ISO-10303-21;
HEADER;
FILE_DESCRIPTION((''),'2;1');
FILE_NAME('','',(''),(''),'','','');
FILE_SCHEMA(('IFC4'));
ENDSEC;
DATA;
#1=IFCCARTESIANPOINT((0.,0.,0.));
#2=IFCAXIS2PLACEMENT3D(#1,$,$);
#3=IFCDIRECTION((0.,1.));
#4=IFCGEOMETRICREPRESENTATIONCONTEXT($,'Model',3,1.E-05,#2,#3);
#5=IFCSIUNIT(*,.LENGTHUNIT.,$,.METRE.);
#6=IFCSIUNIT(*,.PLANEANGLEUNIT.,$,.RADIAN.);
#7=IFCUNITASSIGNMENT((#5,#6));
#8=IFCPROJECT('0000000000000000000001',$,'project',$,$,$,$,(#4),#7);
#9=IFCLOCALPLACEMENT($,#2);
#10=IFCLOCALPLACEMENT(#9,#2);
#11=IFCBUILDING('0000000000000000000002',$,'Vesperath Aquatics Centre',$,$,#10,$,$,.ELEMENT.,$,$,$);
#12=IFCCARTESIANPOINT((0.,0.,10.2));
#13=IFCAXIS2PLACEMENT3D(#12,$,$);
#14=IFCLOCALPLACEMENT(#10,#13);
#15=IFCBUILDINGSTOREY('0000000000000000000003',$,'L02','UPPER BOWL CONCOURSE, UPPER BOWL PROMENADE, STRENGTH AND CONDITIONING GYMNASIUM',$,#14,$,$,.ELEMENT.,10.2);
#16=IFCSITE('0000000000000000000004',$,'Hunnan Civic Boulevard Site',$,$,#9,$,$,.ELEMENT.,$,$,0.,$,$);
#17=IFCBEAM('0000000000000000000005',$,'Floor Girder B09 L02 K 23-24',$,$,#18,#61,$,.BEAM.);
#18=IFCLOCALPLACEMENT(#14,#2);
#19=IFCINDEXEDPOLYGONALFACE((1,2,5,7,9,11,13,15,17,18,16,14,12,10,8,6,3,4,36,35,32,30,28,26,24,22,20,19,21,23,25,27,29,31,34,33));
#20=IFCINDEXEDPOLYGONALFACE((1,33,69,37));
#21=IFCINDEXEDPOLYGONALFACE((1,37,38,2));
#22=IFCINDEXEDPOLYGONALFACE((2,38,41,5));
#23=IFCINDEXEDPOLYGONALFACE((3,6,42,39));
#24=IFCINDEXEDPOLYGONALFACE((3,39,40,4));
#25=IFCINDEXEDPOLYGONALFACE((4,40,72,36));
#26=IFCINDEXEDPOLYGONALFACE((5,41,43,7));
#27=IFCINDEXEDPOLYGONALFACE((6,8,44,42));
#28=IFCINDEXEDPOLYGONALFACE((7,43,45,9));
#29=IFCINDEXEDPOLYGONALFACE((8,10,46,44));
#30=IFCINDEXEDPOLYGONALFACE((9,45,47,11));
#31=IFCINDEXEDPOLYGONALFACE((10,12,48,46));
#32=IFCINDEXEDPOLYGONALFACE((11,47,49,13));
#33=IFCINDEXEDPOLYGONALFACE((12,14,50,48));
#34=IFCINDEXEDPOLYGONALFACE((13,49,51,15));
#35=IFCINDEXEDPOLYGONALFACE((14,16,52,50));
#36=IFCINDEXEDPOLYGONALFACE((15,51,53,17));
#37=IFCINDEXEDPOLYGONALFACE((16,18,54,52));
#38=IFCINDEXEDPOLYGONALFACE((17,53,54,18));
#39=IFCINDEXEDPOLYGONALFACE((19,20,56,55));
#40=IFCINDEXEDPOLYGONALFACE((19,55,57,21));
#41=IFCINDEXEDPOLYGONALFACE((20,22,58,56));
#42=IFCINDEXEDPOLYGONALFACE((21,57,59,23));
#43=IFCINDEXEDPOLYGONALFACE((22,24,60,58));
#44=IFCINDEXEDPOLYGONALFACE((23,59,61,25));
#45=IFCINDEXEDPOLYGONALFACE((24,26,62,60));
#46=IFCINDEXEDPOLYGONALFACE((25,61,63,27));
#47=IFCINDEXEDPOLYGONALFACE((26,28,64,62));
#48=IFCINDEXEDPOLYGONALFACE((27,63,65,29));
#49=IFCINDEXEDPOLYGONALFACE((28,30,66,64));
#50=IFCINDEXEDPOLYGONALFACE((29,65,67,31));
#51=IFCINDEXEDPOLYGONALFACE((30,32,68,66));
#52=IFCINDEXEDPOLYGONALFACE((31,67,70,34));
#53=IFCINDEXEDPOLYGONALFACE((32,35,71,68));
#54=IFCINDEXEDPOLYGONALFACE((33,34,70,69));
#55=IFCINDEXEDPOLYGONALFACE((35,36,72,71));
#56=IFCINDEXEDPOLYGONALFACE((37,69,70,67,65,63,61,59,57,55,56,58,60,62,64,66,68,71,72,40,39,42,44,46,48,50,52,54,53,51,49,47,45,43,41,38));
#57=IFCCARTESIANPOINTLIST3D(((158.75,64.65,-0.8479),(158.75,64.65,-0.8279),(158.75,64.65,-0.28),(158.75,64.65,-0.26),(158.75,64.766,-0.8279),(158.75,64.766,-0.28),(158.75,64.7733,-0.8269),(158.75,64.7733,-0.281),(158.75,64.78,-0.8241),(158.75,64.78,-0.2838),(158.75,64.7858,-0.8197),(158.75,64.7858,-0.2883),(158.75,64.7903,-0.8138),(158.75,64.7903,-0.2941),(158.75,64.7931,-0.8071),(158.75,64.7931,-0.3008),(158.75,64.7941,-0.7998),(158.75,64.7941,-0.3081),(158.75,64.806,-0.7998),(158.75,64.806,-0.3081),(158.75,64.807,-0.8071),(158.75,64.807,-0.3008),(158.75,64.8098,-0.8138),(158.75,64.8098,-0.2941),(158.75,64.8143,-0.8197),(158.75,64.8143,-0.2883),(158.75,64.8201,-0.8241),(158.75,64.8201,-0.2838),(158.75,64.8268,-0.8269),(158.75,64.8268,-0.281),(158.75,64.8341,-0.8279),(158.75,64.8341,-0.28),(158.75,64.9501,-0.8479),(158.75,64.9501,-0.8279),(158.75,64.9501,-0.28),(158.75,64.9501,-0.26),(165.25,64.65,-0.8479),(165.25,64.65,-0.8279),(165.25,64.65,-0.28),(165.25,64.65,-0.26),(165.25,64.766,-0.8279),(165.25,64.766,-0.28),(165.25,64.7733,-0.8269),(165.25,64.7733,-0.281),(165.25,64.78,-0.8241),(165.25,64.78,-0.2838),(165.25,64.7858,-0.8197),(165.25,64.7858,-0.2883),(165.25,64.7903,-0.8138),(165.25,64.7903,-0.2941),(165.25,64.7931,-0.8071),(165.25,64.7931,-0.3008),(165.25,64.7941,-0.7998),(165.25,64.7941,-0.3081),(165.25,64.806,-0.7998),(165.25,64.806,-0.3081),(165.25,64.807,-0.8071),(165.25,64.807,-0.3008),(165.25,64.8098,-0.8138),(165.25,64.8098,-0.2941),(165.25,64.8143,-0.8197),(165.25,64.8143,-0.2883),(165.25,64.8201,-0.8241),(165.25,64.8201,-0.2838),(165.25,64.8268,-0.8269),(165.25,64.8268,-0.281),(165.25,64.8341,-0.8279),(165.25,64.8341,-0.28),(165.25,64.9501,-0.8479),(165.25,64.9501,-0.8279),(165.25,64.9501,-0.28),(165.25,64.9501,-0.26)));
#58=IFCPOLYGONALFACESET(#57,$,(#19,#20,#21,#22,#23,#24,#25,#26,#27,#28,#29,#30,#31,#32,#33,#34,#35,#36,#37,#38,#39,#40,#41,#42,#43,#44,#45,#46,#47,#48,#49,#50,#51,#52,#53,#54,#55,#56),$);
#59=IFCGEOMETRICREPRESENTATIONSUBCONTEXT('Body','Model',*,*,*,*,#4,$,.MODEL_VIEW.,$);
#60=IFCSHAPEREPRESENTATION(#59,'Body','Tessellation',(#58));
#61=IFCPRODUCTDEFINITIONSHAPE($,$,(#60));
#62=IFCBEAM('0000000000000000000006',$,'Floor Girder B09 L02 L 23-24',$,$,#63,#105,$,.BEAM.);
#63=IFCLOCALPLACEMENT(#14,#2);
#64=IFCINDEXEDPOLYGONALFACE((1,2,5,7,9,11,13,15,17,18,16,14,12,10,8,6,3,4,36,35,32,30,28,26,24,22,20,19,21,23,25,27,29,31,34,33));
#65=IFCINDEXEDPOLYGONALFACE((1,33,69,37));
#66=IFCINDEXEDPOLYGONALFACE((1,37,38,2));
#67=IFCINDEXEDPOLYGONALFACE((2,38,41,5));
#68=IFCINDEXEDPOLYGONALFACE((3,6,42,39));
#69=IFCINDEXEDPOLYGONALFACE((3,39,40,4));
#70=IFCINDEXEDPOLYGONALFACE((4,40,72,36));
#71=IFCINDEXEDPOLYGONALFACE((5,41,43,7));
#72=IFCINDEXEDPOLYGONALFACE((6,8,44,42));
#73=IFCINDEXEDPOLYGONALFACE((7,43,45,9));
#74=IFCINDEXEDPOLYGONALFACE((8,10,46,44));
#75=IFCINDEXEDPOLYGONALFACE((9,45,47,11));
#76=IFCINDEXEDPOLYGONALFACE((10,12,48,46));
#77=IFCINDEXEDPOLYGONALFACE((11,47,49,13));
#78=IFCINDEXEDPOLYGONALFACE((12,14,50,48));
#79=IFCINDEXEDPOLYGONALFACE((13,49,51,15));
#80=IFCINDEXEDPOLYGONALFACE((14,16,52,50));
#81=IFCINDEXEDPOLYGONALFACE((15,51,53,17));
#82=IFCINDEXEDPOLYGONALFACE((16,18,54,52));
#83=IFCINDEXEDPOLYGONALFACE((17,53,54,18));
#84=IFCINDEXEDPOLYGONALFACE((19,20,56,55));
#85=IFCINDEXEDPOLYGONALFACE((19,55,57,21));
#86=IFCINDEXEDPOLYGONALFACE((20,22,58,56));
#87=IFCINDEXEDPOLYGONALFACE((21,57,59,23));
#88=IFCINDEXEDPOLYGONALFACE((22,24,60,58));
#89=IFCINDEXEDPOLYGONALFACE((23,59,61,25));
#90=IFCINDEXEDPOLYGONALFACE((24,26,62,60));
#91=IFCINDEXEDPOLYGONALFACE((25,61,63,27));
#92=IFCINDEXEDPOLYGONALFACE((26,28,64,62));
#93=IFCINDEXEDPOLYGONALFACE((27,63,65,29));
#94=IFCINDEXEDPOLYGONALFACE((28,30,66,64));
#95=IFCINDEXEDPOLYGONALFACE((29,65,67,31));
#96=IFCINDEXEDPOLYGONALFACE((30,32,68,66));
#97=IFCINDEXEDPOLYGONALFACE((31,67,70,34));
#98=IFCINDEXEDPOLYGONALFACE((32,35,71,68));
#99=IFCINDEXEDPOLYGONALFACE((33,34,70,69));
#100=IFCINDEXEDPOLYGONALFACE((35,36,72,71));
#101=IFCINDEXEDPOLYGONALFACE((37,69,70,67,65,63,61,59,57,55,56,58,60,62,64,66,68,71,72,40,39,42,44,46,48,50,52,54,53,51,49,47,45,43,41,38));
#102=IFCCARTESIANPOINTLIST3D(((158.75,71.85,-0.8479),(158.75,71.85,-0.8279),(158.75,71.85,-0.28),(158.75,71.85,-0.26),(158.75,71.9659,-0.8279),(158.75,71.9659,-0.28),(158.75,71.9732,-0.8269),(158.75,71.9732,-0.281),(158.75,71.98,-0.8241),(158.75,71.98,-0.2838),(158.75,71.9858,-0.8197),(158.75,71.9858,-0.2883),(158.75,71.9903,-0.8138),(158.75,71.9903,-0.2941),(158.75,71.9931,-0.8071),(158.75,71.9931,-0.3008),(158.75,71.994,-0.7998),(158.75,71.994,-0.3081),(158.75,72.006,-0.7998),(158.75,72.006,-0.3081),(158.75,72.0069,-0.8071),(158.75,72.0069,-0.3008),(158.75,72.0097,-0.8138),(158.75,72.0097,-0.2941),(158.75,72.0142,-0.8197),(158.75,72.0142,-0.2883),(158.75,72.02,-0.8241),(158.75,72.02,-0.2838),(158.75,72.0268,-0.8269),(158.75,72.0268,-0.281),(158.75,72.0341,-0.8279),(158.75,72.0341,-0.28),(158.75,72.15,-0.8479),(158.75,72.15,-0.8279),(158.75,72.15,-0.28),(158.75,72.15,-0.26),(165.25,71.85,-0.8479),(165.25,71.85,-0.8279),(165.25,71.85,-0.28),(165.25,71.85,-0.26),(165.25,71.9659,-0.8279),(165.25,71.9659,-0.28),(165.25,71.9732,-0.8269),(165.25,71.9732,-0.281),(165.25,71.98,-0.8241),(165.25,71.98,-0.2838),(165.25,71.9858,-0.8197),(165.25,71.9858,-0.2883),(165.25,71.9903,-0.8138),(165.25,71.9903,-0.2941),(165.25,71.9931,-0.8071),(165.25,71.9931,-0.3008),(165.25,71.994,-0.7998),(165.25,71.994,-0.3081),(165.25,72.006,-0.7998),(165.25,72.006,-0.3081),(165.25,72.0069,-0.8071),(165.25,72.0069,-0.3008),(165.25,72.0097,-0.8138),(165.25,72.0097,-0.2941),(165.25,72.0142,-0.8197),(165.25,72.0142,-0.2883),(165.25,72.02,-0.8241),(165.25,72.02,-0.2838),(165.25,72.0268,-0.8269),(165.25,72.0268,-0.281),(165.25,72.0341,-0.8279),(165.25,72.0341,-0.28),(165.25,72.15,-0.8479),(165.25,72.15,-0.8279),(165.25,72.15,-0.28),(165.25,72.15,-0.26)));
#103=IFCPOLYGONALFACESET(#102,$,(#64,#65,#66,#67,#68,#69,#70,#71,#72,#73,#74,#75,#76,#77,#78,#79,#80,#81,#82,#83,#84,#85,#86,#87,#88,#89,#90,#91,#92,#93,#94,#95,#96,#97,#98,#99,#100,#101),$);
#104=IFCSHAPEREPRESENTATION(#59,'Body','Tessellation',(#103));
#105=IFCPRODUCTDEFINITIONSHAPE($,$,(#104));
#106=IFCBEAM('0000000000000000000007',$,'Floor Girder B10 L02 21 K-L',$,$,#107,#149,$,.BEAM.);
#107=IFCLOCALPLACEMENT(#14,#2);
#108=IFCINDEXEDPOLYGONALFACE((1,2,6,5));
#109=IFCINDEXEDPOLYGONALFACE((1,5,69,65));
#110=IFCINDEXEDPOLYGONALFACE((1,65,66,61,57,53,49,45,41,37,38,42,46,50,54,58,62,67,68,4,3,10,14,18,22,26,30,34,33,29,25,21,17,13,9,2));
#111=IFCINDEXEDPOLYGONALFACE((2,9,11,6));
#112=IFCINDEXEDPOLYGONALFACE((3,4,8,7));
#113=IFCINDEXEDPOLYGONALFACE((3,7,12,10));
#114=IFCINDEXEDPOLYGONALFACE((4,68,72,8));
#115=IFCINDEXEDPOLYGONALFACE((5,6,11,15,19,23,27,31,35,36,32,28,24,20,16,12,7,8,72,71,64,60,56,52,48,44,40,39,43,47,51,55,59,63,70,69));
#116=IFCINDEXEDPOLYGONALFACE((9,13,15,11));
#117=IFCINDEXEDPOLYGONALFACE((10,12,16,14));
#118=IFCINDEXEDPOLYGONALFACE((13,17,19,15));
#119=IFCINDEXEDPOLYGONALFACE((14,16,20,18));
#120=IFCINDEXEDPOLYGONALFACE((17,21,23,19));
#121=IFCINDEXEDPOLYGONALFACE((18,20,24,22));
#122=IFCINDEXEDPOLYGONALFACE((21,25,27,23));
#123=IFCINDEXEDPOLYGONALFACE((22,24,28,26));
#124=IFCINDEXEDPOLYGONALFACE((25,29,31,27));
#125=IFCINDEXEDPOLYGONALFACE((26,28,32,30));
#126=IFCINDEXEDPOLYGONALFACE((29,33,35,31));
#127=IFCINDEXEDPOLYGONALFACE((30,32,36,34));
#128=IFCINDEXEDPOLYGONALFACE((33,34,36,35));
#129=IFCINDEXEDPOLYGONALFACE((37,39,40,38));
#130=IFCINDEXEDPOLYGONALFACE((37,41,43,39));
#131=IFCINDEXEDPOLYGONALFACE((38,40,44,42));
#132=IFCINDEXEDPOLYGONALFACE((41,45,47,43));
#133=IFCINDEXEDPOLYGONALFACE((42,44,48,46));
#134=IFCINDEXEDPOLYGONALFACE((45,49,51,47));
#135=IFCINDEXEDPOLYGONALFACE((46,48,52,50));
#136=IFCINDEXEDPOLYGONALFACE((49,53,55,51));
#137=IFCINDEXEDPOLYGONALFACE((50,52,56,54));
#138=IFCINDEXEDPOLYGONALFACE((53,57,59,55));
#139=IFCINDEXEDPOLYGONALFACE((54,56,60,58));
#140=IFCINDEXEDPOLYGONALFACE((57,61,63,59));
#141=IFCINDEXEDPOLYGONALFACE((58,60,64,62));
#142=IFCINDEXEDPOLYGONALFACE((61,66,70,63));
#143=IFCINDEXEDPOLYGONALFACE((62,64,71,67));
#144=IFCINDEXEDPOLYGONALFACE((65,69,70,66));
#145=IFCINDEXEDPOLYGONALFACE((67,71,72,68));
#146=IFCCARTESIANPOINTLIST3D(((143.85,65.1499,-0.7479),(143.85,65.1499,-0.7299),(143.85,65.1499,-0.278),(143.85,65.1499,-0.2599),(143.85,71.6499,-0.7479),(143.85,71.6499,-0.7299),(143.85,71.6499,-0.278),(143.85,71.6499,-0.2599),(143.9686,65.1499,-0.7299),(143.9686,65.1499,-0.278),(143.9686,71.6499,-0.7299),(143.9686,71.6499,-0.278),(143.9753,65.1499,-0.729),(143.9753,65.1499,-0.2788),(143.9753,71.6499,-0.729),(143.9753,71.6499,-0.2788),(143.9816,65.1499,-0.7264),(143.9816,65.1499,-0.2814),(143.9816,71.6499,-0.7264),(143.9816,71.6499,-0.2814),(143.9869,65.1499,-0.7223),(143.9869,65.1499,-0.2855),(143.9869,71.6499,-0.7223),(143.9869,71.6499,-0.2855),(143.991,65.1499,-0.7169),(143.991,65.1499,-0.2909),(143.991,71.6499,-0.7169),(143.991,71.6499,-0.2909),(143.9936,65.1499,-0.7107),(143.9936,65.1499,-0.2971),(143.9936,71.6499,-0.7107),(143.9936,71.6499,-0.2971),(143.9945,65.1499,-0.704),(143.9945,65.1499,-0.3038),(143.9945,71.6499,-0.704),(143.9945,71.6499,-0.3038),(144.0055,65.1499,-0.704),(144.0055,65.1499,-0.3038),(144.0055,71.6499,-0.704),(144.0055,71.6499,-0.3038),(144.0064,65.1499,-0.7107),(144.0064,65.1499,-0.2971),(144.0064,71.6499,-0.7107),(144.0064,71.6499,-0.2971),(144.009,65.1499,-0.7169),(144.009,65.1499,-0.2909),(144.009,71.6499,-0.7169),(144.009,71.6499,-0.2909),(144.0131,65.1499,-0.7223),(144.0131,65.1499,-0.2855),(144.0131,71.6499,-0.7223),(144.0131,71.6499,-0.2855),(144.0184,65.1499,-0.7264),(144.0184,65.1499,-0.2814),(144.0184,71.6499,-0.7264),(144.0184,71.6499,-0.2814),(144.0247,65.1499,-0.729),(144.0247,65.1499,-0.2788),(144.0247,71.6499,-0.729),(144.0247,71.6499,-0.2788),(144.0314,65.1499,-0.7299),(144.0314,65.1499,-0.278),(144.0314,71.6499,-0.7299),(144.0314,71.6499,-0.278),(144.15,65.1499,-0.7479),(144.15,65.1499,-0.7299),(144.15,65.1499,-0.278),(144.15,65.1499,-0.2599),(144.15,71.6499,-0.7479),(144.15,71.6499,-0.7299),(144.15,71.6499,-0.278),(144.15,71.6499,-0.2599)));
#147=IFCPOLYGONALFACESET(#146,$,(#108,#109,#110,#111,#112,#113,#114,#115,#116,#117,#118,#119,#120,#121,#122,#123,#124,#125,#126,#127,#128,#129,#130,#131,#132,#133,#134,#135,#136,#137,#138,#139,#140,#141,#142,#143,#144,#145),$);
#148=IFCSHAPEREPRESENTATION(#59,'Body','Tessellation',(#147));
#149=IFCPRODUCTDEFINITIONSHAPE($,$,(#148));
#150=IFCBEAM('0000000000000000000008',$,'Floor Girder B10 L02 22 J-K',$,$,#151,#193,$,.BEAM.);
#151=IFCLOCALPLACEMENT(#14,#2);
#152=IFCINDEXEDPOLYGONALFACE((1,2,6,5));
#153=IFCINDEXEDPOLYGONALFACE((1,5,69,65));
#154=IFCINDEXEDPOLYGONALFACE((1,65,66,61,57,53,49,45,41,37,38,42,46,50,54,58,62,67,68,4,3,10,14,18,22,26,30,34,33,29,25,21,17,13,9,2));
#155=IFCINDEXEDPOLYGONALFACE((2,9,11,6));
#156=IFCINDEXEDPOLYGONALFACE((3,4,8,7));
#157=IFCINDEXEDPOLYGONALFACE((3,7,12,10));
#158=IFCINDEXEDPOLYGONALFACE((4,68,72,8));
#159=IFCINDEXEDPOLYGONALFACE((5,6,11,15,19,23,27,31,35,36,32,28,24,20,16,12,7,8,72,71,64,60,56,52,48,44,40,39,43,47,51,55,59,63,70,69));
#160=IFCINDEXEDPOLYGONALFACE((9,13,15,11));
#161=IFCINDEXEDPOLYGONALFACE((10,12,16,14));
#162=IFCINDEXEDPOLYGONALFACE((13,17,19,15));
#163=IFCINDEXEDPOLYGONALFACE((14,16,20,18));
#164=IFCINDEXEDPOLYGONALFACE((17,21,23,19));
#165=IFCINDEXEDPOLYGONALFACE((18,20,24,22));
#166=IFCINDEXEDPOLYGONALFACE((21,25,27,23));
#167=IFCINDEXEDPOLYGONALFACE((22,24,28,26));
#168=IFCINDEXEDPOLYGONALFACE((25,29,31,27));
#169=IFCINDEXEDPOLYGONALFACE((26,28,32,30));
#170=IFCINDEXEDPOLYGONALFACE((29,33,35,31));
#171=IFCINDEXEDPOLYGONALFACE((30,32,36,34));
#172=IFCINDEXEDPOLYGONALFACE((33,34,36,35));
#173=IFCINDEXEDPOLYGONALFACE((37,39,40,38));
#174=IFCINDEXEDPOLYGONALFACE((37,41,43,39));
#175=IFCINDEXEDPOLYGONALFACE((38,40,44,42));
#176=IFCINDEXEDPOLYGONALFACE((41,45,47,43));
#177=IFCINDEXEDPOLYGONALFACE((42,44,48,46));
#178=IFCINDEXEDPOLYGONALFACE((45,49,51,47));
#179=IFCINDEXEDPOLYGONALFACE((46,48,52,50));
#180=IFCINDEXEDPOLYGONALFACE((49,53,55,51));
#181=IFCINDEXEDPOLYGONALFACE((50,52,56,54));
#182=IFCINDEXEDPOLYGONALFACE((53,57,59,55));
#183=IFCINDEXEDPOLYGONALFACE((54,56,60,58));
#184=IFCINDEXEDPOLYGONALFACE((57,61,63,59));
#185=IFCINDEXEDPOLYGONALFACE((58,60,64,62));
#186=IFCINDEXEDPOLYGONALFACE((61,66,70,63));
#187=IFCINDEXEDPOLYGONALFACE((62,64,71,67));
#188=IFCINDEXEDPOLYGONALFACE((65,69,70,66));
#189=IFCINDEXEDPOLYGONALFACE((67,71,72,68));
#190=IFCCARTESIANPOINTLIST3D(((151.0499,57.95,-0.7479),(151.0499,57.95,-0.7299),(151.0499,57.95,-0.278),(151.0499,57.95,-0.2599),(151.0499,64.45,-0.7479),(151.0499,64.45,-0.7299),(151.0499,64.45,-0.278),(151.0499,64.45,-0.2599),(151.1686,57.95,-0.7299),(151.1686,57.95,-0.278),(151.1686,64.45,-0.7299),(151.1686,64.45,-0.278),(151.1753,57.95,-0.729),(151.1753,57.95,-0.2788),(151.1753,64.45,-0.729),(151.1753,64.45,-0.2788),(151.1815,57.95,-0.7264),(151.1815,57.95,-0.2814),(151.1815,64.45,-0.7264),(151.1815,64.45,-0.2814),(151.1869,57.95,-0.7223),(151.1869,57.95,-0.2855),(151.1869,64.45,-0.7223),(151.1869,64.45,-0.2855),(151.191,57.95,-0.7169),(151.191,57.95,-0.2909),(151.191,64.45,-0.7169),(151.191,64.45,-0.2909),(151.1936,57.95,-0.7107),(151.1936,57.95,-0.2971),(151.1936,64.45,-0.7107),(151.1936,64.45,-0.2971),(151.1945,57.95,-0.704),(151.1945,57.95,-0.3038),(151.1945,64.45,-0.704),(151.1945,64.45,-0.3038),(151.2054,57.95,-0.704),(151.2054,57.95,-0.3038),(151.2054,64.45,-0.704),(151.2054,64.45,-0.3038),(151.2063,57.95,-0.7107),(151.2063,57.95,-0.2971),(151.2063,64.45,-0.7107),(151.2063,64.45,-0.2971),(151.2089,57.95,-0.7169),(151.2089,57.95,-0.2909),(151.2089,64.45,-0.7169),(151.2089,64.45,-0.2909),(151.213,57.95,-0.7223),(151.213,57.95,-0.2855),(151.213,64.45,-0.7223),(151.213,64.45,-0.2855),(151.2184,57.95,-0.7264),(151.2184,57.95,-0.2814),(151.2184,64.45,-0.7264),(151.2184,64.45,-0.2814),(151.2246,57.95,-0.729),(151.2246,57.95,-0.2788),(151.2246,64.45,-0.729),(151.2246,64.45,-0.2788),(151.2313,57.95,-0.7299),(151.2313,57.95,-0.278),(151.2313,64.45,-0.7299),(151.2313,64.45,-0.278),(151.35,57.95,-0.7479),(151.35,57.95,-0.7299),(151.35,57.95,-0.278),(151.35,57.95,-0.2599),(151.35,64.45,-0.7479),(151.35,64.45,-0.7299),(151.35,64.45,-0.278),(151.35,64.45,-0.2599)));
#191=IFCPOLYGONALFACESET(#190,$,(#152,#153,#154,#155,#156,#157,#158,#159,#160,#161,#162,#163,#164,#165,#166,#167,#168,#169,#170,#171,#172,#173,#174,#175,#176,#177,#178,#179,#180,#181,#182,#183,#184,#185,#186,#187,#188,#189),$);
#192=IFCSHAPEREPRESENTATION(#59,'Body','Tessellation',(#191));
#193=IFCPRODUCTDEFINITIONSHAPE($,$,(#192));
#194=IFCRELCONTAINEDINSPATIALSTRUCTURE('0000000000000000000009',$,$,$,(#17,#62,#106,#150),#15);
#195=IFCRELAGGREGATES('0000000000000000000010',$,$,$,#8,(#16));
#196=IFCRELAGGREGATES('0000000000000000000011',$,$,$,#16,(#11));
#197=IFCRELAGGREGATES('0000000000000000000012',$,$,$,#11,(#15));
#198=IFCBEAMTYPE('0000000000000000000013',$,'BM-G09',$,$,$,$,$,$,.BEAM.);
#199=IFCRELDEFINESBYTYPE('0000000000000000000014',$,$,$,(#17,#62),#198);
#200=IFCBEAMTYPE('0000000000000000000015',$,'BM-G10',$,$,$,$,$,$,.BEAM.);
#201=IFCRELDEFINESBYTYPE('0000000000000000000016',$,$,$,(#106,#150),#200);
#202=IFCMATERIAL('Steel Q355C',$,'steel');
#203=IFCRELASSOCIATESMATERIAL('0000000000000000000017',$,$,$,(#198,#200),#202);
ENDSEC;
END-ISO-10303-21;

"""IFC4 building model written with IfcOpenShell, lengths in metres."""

from ifc_helpers import new_model, si_unit, direction, frame, origin, origin_2d, place, context, subcontext, project, spatial, i_section, extrude, material, material_profile, profile_set, type_object, element, save


model = new_model("IFC4")

# Units and contexts
model_context = context("Model", 3, precision=1e-05, world=origin(), true_north=direction((0.0, 1.0)))
body_context = subcontext(model_context, "Body", "Model", "MODEL_VIEW")
ifc_project = project(units=[si_unit("LENGTHUNIT", "METRE"), si_unit("PLANEANGLEUNIT", "RADIAN")], contexts=[model_context])

# Site, building, storey
site_placement = place(None, origin())
site = spatial("IfcSite", under=ifc_project, at=site_placement, Name="Hunnan Civic Boulevard Site", CompositionType="ELEMENT", RefElevation=0.0)
building_placement = place(site_placement, origin())
building = spatial("IfcBuilding", under=site, at=building_placement, Name="Vesperath Aquatics Centre", CompositionType="ELEMENT")
storey_placement = place(building_placement, frame((0.0, 0.0, 10.2)))
storey = spatial("IfcBuildingStorey", under=building, at=storey_placement, Name="L02", Description="UPPER BOWL CONCOURSE, UPPER BOWL PROMENADE, STRENGTH AND CONDITIONING GYMNASIUM", CompositionType="ELEMENT", Elevation=10.2)

# Beams
ifc_material_1 = material(Name="Steel Q355C", Category="steel")
ifc_material_profile_1 = material_profile(ifc_material_1, i_section(OverallWidth=0.3, OverallDepth=0.5879, WebThickness=0.012, FlangeThickness=0.02, FilletRadius=0.0281, at=origin_2d()), Name="HM 588x300x12x20")
ifc_profile_set_1 = profile_set([ifc_material_profile_1], Name="Steel Q355C")
beam_type_1 = type_object("IfcBeamType", Name="BM-G09", PredefinedType="BEAM", material=ifc_profile_set_1)
for number, where, z_axis, x_axis, name in (
    (1, (158.75, 64.8, -0.554), (1.0, 0.0, 0.0), (0.0, 1.0, 0.0), "Floor Girder B09 L02 K 23-24"),
    (2, (158.75, 72.0, -0.554), (1.0, 0.0, 0.0), (0.0, 1.0, 0.0), "Floor Girder B09 L02 L 23-24"),
):
    element("IfcBeam", number, at=place(storey_placement, frame(where, z_axis=z_axis, x_axis=x_axis)), inside=storey, type_object=beam_type_1, Name=name, PredefinedType="BEAM", context=body_context, shape_type="SweptSolid", body=[
        extrude(i_section(OverallWidth=0.3, OverallDepth=0.5879, WebThickness=0.012, FlangeThickness=0.02, FilletRadius=0.0281, at=origin_2d()), origin(), (0.0, 0.0, 1.0), 6.5),
    ])
ifc_material_profile_2 = material_profile(ifc_material_1, i_section(OverallWidth=0.3, OverallDepth=0.488, WebThickness=0.011, FlangeThickness=0.0181, FilletRadius=0.0259, at=origin_2d()), Name="HM 488x300x11x18")
ifc_profile_set_2 = profile_set([ifc_material_profile_2], Name="Steel Q355C")
beam_type_2 = type_object("IfcBeamType", Name="BM-G10", PredefinedType="BEAM", material=ifc_profile_set_2)
for number, where, z_axis, x_axis, name in (
    (3, (144.0, 65.1499, -0.5039), (0.0, 1.0, 0.0), (-1.0, 0.0, 0.0), "Floor Girder B10 L02 21 K-L"),
    (4, (151.2, 57.95, -0.5039), (0.0, 1.0, 0.0), (-1.0, 0.0, 0.0), "Floor Girder B10 L02 22 J-K"),
):
    element("IfcBeam", number, at=place(storey_placement, frame(where, z_axis=z_axis, x_axis=x_axis)), inside=storey, type_object=beam_type_2, Name=name, PredefinedType="BEAM", context=body_context, shape_type="SweptSolid", body=[
        extrude(i_section(OverallWidth=0.3, OverallDepth=0.488, WebThickness=0.011, FlangeThickness=0.0181, FilletRadius=0.0259, at=origin_2d()), origin(), (0.0, 0.0, 1.0), 6.5),
    ])

save(model, "model.ifc")
